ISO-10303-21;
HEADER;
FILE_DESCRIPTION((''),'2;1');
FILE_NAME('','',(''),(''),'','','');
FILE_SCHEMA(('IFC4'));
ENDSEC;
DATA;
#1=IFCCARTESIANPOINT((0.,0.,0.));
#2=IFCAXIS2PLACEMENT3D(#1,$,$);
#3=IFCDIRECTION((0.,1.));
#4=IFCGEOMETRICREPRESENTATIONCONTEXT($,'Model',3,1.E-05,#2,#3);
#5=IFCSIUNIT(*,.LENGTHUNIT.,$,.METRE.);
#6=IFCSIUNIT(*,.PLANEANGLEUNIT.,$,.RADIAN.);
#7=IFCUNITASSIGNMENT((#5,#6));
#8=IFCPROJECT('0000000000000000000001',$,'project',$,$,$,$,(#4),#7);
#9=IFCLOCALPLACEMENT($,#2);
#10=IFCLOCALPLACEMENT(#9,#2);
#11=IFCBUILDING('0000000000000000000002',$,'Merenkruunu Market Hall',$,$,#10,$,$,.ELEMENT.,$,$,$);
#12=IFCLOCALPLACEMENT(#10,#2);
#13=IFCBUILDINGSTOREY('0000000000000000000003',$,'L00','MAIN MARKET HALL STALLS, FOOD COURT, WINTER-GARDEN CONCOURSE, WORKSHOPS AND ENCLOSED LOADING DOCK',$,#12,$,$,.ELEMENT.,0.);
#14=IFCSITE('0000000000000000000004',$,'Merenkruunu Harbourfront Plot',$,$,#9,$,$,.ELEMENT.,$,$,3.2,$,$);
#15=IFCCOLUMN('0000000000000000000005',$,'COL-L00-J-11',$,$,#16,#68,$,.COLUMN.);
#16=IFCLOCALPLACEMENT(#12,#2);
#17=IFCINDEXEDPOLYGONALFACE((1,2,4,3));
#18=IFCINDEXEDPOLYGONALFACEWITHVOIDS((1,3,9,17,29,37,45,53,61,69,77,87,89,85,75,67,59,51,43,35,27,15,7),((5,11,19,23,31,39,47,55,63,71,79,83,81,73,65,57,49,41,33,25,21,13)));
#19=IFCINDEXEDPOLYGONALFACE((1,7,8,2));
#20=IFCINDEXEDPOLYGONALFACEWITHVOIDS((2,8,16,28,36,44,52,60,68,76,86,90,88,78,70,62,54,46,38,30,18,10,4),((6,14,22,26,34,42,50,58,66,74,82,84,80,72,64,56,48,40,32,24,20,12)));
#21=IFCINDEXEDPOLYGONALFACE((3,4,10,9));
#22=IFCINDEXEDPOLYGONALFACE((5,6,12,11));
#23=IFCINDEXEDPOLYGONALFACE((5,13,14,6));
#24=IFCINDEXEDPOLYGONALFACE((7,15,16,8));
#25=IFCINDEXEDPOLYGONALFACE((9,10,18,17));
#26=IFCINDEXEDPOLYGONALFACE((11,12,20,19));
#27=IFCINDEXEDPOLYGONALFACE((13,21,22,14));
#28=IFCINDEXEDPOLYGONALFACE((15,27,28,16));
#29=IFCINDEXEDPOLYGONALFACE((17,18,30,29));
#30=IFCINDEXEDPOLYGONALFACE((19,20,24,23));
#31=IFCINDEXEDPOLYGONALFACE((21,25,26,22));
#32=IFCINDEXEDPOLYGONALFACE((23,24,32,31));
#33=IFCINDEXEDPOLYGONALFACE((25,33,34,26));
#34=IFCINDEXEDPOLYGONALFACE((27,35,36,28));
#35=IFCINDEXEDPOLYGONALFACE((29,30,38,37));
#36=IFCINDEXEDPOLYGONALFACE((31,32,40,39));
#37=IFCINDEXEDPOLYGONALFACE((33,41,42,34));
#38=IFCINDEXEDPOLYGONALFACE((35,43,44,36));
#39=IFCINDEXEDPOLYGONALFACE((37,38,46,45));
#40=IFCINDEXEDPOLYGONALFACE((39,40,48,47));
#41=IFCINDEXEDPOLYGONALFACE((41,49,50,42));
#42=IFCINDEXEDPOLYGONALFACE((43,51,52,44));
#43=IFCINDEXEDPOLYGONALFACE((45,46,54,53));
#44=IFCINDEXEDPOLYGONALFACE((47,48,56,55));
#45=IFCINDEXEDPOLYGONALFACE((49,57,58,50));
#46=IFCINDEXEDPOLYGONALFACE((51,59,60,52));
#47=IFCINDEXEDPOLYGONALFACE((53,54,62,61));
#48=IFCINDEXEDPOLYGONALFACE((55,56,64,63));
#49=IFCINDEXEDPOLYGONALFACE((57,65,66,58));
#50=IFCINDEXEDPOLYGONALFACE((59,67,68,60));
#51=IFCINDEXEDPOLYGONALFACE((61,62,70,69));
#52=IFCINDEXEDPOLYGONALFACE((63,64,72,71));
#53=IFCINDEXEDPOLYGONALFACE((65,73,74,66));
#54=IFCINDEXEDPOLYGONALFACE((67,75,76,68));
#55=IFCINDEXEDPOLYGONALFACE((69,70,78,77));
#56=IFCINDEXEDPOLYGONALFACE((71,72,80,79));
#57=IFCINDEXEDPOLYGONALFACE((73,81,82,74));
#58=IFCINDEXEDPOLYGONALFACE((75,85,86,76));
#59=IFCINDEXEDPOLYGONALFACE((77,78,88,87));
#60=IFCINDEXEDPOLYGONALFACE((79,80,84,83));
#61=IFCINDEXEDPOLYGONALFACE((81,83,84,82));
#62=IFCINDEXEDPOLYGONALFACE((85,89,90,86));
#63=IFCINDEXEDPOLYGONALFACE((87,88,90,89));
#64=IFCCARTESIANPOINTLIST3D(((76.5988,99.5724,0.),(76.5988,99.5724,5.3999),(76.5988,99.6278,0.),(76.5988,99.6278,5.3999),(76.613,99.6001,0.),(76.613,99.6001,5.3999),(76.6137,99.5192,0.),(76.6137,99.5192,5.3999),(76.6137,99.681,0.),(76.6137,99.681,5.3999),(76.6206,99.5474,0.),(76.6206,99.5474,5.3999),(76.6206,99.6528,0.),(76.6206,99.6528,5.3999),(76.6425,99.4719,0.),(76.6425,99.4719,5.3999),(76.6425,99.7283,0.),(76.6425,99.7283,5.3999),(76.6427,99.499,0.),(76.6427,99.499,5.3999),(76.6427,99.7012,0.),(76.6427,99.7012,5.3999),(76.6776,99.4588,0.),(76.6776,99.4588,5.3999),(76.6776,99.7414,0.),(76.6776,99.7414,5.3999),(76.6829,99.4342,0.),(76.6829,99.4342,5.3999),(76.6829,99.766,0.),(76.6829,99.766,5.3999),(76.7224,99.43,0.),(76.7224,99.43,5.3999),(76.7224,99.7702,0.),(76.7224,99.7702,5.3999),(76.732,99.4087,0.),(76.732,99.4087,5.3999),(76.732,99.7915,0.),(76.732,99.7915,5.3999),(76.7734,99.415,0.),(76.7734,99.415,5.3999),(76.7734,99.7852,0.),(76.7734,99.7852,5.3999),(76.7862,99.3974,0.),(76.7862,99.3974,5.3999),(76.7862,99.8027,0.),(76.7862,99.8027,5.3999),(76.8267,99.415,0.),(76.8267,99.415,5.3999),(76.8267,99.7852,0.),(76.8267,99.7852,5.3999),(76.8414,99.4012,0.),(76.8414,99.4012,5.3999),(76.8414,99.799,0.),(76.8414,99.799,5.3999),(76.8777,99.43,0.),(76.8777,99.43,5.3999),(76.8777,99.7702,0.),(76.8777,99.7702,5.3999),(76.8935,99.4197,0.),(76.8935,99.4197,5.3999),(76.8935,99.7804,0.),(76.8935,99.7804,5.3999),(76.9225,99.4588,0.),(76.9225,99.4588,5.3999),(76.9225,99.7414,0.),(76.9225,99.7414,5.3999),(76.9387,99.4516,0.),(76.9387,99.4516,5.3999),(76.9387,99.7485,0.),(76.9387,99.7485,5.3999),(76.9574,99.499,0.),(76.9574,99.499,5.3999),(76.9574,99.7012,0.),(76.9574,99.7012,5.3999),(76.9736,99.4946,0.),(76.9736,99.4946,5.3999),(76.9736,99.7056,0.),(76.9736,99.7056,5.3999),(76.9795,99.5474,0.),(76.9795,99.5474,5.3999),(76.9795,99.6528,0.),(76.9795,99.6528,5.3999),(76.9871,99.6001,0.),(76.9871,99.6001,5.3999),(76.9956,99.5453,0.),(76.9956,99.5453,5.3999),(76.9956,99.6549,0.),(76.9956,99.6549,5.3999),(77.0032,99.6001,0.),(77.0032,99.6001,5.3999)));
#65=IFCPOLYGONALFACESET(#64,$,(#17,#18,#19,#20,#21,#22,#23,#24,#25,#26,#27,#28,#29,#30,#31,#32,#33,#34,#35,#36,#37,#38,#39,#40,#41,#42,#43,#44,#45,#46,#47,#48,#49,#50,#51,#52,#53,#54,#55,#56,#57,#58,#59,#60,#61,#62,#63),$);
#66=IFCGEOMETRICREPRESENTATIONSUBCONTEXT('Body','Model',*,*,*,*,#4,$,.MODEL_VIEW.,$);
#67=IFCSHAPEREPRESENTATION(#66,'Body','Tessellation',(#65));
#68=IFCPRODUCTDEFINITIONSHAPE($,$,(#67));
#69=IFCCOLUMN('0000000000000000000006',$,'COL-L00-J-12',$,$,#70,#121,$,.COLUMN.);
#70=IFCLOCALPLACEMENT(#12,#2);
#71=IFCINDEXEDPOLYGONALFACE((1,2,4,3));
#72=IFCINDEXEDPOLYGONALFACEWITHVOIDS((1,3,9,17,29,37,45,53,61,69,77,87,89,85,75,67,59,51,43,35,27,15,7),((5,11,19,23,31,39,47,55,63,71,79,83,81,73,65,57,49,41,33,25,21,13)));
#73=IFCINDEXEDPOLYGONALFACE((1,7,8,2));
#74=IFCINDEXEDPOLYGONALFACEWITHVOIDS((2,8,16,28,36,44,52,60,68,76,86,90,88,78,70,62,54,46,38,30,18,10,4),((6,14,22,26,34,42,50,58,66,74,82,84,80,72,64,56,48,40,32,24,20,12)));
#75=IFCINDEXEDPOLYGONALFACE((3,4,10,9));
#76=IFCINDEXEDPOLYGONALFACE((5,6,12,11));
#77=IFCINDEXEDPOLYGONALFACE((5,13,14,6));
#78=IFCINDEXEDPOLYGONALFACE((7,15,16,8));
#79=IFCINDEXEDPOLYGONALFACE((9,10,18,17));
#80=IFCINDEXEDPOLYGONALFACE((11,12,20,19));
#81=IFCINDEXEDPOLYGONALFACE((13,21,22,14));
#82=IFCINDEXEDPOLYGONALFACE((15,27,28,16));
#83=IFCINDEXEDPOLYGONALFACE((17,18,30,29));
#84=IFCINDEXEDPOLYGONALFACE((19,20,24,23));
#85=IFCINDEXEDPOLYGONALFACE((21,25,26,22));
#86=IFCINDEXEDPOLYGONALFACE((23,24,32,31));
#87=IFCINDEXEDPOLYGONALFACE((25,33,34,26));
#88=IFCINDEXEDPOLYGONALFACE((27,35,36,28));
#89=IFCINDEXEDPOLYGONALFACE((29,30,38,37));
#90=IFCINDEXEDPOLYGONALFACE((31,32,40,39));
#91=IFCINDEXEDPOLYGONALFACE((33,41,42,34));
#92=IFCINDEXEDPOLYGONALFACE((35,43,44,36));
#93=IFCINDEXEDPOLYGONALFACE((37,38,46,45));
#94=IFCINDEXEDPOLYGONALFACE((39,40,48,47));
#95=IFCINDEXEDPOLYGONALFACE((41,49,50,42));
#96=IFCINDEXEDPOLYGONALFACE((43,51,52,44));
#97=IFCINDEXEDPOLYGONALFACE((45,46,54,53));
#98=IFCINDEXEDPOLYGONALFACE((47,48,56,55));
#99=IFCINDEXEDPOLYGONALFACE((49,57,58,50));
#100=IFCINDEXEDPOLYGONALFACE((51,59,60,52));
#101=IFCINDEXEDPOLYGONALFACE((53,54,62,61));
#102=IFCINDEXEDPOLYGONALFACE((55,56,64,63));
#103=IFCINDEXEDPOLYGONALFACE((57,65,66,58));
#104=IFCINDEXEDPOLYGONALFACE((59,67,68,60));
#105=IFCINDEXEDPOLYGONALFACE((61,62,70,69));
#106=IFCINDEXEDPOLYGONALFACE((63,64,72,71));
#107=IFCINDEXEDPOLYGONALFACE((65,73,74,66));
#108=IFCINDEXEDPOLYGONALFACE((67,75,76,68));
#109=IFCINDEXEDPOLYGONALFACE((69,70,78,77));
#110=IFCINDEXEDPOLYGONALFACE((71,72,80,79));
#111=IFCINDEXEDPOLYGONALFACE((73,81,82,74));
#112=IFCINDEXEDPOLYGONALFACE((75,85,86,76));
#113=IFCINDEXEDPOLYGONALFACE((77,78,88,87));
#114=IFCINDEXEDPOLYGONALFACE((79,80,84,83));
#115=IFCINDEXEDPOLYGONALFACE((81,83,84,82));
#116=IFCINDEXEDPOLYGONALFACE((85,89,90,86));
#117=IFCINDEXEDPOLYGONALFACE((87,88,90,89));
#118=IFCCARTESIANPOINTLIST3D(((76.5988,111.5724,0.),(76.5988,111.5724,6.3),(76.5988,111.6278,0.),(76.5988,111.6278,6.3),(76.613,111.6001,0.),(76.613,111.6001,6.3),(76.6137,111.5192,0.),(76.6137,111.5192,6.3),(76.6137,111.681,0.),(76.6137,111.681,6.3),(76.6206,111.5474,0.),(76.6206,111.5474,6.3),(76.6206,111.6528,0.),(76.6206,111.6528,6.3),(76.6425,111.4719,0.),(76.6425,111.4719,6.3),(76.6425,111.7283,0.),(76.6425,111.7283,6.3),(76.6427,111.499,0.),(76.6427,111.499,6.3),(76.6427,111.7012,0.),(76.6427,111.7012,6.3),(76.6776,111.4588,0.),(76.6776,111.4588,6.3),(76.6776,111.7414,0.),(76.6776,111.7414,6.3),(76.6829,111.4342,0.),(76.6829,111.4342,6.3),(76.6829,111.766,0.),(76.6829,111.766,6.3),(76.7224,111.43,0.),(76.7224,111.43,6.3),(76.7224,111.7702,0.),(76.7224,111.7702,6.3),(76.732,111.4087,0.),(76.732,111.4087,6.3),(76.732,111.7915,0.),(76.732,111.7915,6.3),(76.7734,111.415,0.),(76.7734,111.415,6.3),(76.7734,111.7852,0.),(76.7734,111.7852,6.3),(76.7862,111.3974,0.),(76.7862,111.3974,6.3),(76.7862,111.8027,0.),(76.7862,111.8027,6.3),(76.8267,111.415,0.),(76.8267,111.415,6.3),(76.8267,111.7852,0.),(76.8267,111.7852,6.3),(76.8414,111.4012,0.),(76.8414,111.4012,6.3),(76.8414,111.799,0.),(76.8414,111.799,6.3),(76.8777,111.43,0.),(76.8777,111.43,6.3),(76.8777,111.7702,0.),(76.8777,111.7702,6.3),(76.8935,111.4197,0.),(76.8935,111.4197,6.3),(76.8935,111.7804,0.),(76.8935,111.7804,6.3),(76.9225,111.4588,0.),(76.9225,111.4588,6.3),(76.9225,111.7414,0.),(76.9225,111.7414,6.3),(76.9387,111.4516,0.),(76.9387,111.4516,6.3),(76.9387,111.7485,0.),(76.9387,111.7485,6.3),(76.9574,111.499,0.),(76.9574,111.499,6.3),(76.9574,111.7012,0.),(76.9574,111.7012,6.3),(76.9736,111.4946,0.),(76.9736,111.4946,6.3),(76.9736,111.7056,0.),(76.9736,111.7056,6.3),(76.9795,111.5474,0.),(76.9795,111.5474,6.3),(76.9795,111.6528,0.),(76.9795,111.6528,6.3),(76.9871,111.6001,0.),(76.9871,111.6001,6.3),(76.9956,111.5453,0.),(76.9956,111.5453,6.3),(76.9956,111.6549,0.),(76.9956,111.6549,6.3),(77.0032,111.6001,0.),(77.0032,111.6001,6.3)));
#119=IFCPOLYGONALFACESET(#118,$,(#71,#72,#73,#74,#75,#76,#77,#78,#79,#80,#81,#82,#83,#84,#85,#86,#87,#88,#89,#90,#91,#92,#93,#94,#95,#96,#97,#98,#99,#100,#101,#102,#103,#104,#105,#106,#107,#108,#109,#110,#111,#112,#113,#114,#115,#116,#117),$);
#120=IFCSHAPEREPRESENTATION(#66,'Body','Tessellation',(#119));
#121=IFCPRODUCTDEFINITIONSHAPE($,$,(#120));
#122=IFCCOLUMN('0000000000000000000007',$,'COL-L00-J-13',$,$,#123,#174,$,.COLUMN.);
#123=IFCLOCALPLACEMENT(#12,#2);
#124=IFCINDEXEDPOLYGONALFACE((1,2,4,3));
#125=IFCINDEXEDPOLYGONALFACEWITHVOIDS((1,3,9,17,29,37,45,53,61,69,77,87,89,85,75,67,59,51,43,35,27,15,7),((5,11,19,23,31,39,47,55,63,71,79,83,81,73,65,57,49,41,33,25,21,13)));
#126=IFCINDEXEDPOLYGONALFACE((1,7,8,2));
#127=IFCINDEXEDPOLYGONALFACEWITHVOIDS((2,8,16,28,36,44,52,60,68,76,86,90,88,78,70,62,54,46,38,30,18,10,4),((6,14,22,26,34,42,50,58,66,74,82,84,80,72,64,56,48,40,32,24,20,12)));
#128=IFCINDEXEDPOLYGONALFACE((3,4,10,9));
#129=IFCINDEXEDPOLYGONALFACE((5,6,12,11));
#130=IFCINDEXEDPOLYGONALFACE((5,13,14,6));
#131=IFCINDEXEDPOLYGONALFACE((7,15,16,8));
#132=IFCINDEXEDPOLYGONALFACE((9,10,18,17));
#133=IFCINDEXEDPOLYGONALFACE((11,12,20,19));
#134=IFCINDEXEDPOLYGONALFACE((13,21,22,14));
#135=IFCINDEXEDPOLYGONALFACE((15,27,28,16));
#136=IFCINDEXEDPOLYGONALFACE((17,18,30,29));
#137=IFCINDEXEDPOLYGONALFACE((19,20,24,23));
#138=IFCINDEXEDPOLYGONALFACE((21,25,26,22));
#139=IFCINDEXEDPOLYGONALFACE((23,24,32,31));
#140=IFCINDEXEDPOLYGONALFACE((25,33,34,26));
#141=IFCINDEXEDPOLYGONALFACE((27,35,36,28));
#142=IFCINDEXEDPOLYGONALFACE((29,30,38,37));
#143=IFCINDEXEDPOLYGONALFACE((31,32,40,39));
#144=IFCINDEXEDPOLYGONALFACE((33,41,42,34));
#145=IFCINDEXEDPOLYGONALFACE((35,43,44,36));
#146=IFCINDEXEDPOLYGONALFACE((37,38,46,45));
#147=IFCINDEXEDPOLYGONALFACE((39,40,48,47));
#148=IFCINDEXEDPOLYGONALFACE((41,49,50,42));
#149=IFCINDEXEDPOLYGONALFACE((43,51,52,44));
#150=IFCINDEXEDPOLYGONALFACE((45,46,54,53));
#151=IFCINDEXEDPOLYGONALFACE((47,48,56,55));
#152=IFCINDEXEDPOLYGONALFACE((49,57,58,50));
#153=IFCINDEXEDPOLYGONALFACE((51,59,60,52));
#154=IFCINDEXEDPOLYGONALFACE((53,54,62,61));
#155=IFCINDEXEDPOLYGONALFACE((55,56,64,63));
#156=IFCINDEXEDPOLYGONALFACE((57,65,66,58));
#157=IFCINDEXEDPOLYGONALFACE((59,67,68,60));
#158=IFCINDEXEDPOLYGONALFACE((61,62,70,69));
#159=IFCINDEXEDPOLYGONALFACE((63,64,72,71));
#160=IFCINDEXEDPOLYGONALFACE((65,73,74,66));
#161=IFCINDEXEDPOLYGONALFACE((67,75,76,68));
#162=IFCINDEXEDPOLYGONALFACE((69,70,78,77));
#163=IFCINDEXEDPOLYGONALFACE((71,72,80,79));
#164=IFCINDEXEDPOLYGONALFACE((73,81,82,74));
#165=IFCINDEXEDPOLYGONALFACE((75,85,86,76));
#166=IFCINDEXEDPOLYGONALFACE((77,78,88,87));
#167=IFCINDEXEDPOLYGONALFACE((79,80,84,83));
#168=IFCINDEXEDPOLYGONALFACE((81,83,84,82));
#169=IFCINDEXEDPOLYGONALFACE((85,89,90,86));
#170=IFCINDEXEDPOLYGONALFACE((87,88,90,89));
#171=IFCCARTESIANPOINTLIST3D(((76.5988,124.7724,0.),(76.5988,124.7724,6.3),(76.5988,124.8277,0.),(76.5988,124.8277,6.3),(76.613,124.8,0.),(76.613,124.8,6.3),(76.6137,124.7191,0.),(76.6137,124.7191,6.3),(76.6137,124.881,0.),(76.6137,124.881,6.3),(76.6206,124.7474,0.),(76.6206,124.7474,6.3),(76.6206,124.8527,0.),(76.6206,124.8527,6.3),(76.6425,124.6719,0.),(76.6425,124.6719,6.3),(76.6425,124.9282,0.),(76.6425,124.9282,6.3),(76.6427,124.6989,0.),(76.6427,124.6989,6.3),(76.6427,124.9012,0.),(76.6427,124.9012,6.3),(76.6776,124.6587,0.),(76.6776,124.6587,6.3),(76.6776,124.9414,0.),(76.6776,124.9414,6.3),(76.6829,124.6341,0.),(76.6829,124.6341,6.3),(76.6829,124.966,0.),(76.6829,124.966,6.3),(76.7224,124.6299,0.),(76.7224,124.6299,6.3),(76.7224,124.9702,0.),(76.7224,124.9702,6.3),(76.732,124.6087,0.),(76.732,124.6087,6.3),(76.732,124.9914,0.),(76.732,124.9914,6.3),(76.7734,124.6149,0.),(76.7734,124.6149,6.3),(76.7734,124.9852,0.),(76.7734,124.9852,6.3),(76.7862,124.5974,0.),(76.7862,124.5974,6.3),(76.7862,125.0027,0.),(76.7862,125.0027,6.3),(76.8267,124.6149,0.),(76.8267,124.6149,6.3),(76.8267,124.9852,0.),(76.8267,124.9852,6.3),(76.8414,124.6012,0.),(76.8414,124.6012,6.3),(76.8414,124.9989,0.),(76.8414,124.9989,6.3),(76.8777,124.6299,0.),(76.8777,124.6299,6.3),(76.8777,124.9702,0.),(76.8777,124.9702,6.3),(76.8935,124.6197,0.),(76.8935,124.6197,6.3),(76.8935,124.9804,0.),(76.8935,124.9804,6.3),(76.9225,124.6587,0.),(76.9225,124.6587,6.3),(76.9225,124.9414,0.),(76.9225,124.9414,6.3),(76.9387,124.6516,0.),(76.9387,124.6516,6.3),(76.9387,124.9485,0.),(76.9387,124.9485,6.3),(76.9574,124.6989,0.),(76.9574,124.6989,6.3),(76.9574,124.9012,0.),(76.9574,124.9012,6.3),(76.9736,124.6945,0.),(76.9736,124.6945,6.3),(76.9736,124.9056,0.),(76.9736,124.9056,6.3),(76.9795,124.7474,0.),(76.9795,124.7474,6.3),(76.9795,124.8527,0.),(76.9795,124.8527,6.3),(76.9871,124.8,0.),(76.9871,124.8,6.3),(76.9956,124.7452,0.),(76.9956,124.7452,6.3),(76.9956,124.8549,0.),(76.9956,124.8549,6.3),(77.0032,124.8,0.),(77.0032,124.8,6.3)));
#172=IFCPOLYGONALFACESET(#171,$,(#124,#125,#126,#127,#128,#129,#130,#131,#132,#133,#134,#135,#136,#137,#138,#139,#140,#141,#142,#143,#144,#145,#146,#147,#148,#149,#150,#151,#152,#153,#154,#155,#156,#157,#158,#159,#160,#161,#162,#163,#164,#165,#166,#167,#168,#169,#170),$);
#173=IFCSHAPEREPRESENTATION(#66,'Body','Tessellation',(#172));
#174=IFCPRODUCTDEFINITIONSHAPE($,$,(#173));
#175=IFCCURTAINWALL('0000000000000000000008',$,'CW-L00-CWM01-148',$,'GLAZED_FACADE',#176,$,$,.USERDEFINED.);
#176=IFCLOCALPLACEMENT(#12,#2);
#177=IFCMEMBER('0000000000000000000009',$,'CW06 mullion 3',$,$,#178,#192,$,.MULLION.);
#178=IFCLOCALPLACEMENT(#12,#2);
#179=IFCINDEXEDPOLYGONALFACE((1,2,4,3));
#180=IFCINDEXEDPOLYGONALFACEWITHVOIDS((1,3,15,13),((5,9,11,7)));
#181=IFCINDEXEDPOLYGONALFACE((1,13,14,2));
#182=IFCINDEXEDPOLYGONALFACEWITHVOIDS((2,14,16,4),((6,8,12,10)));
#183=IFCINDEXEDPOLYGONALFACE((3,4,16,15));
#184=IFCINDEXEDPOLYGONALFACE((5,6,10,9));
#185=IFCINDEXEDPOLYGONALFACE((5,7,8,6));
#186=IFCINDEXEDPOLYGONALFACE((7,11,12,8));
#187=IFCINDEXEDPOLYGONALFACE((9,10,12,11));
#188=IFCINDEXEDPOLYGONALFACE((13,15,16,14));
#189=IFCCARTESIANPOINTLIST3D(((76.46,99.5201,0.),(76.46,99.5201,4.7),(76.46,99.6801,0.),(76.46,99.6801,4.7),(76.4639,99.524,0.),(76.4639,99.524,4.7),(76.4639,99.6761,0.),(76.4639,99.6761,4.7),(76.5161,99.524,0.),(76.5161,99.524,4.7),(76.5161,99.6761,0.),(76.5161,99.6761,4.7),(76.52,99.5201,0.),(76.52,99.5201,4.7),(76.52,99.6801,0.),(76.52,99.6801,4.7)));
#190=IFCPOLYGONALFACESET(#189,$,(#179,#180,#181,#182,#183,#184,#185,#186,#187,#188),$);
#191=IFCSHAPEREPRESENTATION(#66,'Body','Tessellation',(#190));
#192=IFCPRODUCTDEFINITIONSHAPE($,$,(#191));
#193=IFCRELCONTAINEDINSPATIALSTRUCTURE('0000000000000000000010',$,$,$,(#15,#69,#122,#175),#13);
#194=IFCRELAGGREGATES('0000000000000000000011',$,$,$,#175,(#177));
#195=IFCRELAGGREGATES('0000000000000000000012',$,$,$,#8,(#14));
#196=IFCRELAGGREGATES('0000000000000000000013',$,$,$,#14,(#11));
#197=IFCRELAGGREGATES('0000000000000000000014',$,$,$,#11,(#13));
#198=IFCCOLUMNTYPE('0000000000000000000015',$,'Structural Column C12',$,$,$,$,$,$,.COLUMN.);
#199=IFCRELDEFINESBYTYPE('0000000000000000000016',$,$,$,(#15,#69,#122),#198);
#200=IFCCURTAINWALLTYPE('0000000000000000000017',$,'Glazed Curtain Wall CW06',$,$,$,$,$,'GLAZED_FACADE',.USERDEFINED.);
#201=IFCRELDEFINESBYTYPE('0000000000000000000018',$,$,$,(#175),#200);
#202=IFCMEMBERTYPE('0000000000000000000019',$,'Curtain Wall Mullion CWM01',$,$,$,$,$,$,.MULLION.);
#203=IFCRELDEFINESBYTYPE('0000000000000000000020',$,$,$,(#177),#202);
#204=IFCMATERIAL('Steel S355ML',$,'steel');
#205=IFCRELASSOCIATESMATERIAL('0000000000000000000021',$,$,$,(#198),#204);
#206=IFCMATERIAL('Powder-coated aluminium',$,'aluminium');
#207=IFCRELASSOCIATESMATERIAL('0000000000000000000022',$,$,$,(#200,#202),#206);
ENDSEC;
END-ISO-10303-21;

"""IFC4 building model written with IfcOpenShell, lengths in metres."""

from ifc_helpers import new_model, si_unit, direction, frame, origin, origin_2d, place, context, subcontext, project, spatial, hollow_rectangle, hollow_circle, extrude, material, material_profile, profile_set, type_object, element, aggregate, save


model = new_model("IFC4")

# Units and contexts
model_context = context("Model", 3, precision=1e-05, world=origin(), true_north=direction((0.0, 1.0)))
body_context = subcontext(model_context, "Body", "Model", "MODEL_VIEW")
ifc_project = project(units=[si_unit("LENGTHUNIT", "METRE"), si_unit("PLANEANGLEUNIT", "RADIAN")], contexts=[model_context])

# Site, building, storey
site_placement = place(None, origin())
site = spatial("IfcSite", under=ifc_project, at=site_placement, Name="Merenkruunu Harbourfront Plot", CompositionType="ELEMENT", RefElevation=3.2)
building_placement = place(site_placement, origin())
building = spatial("IfcBuilding", under=site, at=building_placement, Name="Merenkruunu Market Hall", CompositionType="ELEMENT")
storey_placement = place(building_placement, origin())
storey = spatial("IfcBuildingStorey", under=building, at=storey_placement, Name="L00", Description="MAIN MARKET HALL STALLS, FOOD COURT, WINTER-GARDEN CONCOURSE, WORKSHOPS AND ENCLOSED LOADING DOCK", CompositionType="ELEMENT", Elevation=0.0)

# Columns
ifc_material_1 = material(Name="Steel S355ML", Category="steel")
ifc_material_profile_1 = material_profile(ifc_material_1, hollow_circle(Radius=0.2031, WallThickness=0.0161, at=origin_2d()), Name="CHS 406.4x16")
ifc_profile_set_1 = profile_set([ifc_material_profile_1], Name="Steel S355ML")
column_type = type_object("IfcColumnType", Name="Structural Column C12", PredefinedType="COLUMN", material=ifc_profile_set_1)
column_placement = place(storey_placement, frame((76.8, 99.6001, 0.0), z_axis=(0.0, 0.0, 1.0), x_axis=(1.0, 0.0, 0.0)))
element("IfcColumn", 1, at=column_placement, inside=storey, type_object=column_type, Name="COL-L00-J-11", PredefinedType="COLUMN", context=body_context, shape_type="SweptSolid", body=[
    extrude(hollow_circle(Radius=0.2031, WallThickness=0.0161, at=origin_2d()), origin(), (0.0, 0.0, 1.0), 5.3999),
])
for number, where, z_axis, x_axis, name in (
    (2, (76.8, 111.6001, 0.0), (0.0, 0.0, 1.0), (1.0, 0.0, 0.0), "COL-L00-J-12"),
    (3, (76.8, 124.8, 0.0), (0.0, 0.0, 1.0), (1.0, 0.0, 0.0), "COL-L00-J-13"),
):
    element("IfcColumn", number, at=place(storey_placement, frame(where, z_axis=z_axis, x_axis=x_axis)), inside=storey, type_object=column_type, Name=name, PredefinedType="COLUMN", context=body_context, shape_type="SweptSolid", body=[
        extrude(hollow_circle(Radius=0.2031, WallThickness=0.0161, at=origin_2d()), origin(), (0.0, 0.0, 1.0), 6.3),
    ])

# Curtain wall, member
ifc_material_2 = material(Name="Powder-coated aluminium", Category="aluminium")
curtain_wall_type = type_object("IfcCurtainWallType", Name="Glazed Curtain Wall CW06", ElementType="GLAZED_FACADE", PredefinedType="USERDEFINED", material=ifc_material_2)
curtain_wall_placement = place(storey_placement, origin())
curtain_wall = element("IfcCurtainWall", 4, at=curtain_wall_placement, inside=storey, type_object=curtain_wall_type, Name="CW-L00-CWM01-148", ObjectType="GLAZED_FACADE", PredefinedType="USERDEFINED")
ifc_material_profile_2 = material_profile(ifc_material_2, hollow_rectangle(XDim=0.0601, YDim=0.1599, WallThickness=0.0039, at=origin_2d()), Name="ALU 60x160x4")
ifc_profile_set_2 = profile_set([ifc_material_profile_2], Name="Powder-coated aluminium")
member_type_1 = type_object("IfcMemberType", Name="Curtain Wall Mullion CWM01", PredefinedType="MULLION", material=ifc_profile_set_2)
member_1_placement = place(storey_placement, frame((76.49, 99.6001, 0.0), z_axis=(0.0, 0.0, 1.0), x_axis=(1.0, 0.0, 0.0)))
member_1 = element("IfcMember", 5, at=member_1_placement, type_object=member_type_1, Name="CW06 mullion 3", PredefinedType="MULLION", context=body_context, shape_type="SweptSolid", body=[
    extrude(hollow_rectangle(XDim=0.0601, YDim=0.1599, WallThickness=0.0039, at=origin_2d()), origin(), (0.0, 0.0, 1.0), 4.7),
])

aggregate(curtain_wall, [member_1])

save(model, "model.ifc")
